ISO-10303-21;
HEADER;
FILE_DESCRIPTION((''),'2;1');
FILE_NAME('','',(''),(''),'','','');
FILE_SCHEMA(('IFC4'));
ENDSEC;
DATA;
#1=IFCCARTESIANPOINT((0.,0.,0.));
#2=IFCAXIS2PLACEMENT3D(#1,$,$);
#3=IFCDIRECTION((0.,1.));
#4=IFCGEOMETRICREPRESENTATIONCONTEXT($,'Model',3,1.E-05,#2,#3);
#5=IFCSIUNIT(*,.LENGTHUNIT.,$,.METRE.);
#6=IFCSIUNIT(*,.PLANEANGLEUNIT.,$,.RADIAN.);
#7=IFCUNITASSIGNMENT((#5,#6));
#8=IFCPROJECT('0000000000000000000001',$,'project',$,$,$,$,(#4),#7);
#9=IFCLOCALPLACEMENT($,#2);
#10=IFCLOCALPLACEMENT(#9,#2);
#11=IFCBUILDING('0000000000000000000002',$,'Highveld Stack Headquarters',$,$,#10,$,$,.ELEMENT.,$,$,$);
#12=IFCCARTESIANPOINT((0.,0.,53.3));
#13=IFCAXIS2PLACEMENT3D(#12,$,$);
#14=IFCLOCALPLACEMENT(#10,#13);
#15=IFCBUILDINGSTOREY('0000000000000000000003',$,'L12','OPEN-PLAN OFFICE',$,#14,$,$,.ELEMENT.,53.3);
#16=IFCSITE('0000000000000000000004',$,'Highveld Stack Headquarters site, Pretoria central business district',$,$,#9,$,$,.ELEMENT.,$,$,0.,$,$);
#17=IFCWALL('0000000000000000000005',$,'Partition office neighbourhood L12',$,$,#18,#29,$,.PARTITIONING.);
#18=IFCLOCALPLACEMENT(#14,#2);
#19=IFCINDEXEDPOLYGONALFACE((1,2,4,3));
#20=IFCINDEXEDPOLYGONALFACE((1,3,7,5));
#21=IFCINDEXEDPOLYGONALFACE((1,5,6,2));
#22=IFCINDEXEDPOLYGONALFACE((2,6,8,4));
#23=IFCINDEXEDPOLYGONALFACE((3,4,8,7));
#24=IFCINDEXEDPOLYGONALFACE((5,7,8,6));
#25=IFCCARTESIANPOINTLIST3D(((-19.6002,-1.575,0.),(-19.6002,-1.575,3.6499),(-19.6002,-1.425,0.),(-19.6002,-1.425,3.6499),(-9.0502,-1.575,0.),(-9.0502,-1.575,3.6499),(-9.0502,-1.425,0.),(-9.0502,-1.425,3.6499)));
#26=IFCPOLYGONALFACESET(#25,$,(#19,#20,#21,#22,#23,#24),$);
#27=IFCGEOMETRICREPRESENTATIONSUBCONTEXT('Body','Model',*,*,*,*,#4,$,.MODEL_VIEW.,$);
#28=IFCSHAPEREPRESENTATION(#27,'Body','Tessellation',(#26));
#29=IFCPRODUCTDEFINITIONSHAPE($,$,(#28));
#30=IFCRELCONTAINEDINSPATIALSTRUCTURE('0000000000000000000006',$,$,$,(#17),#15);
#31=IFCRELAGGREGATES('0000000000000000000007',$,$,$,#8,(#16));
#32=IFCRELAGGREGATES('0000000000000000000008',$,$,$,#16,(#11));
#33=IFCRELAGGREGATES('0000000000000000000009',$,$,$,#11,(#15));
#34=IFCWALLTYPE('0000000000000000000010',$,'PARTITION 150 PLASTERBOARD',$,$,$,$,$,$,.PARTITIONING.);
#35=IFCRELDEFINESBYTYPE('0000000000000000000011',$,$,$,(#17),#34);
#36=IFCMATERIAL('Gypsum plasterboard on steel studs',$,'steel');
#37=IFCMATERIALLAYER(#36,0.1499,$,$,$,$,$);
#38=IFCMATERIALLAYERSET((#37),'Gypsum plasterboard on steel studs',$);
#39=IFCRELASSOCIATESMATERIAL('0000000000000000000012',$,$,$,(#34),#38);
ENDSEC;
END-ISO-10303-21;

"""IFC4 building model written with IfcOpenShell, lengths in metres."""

from ifc_helpers import new_model, si_unit, direction, frame, frame_2d, origin, place, context, subcontext, project, spatial, rectangle, extrude, material, layer, layer_set, type_object, element, save


model = new_model("IFC4")

# Units and contexts
model_context = context("Model", 3, precision=1e-05, world=origin(), true_north=direction((0.0, 1.0)))
body_context = subcontext(model_context, "Body", "Model", "MODEL_VIEW")
ifc_project = project(units=[si_unit("LENGTHUNIT", "METRE"), si_unit("PLANEANGLEUNIT", "RADIAN")], contexts=[model_context])

# Site, building, storey
site_placement = place(None, origin())
site = spatial("IfcSite", under=ifc_project, at=site_placement, Name="Highveld Stack Headquarters site, Pretoria central business district", CompositionType="ELEMENT", RefElevation=0.0)
building_placement = place(site_placement, origin())
building = spatial("IfcBuilding", under=site, at=building_placement, Name="Highveld Stack Headquarters", CompositionType="ELEMENT")
storey_placement = place(building_placement, frame((0.0, 0.0, 53.3)))
storey = spatial("IfcBuildingStorey", under=building, at=storey_placement, Name="L12", Description="OPEN-PLAN OFFICE", CompositionType="ELEMENT", Elevation=53.3)

# Wall
ifc_material_1 = material(Name="Gypsum plasterboard on steel studs", Category="steel")
ifc_layer_1 = layer(ifc_material_1, 0.1499)
ifc_layer_set_1 = layer_set([ifc_layer_1], Name="Gypsum plasterboard on steel studs")
wall_type_1 = type_object("IfcWallType", Name="PARTITION 150 PLASTERBOARD", PredefinedType="PARTITIONING", material=ifc_layer_set_1)
wall_1_placement = place(storey_placement, frame((-19.6001, -1.5, 0.0), z_axis=(0.0, 0.0, 1.0), x_axis=(1.0, 0.0, 0.0)))
element("IfcWall", 1, at=wall_1_placement, inside=storey, type_object=wall_type_1, Name="Partition office neighbourhood L12", PredefinedType="PARTITIONING", context=body_context, shape_type="SweptSolid", body=[
    extrude(rectangle(XDim=10.55, YDim=0.1499, at=frame_2d((5.2749, 0.0))), origin(), (0.0, 0.0, 1.0), 3.6499),
])

save(model, "model.ifc")
